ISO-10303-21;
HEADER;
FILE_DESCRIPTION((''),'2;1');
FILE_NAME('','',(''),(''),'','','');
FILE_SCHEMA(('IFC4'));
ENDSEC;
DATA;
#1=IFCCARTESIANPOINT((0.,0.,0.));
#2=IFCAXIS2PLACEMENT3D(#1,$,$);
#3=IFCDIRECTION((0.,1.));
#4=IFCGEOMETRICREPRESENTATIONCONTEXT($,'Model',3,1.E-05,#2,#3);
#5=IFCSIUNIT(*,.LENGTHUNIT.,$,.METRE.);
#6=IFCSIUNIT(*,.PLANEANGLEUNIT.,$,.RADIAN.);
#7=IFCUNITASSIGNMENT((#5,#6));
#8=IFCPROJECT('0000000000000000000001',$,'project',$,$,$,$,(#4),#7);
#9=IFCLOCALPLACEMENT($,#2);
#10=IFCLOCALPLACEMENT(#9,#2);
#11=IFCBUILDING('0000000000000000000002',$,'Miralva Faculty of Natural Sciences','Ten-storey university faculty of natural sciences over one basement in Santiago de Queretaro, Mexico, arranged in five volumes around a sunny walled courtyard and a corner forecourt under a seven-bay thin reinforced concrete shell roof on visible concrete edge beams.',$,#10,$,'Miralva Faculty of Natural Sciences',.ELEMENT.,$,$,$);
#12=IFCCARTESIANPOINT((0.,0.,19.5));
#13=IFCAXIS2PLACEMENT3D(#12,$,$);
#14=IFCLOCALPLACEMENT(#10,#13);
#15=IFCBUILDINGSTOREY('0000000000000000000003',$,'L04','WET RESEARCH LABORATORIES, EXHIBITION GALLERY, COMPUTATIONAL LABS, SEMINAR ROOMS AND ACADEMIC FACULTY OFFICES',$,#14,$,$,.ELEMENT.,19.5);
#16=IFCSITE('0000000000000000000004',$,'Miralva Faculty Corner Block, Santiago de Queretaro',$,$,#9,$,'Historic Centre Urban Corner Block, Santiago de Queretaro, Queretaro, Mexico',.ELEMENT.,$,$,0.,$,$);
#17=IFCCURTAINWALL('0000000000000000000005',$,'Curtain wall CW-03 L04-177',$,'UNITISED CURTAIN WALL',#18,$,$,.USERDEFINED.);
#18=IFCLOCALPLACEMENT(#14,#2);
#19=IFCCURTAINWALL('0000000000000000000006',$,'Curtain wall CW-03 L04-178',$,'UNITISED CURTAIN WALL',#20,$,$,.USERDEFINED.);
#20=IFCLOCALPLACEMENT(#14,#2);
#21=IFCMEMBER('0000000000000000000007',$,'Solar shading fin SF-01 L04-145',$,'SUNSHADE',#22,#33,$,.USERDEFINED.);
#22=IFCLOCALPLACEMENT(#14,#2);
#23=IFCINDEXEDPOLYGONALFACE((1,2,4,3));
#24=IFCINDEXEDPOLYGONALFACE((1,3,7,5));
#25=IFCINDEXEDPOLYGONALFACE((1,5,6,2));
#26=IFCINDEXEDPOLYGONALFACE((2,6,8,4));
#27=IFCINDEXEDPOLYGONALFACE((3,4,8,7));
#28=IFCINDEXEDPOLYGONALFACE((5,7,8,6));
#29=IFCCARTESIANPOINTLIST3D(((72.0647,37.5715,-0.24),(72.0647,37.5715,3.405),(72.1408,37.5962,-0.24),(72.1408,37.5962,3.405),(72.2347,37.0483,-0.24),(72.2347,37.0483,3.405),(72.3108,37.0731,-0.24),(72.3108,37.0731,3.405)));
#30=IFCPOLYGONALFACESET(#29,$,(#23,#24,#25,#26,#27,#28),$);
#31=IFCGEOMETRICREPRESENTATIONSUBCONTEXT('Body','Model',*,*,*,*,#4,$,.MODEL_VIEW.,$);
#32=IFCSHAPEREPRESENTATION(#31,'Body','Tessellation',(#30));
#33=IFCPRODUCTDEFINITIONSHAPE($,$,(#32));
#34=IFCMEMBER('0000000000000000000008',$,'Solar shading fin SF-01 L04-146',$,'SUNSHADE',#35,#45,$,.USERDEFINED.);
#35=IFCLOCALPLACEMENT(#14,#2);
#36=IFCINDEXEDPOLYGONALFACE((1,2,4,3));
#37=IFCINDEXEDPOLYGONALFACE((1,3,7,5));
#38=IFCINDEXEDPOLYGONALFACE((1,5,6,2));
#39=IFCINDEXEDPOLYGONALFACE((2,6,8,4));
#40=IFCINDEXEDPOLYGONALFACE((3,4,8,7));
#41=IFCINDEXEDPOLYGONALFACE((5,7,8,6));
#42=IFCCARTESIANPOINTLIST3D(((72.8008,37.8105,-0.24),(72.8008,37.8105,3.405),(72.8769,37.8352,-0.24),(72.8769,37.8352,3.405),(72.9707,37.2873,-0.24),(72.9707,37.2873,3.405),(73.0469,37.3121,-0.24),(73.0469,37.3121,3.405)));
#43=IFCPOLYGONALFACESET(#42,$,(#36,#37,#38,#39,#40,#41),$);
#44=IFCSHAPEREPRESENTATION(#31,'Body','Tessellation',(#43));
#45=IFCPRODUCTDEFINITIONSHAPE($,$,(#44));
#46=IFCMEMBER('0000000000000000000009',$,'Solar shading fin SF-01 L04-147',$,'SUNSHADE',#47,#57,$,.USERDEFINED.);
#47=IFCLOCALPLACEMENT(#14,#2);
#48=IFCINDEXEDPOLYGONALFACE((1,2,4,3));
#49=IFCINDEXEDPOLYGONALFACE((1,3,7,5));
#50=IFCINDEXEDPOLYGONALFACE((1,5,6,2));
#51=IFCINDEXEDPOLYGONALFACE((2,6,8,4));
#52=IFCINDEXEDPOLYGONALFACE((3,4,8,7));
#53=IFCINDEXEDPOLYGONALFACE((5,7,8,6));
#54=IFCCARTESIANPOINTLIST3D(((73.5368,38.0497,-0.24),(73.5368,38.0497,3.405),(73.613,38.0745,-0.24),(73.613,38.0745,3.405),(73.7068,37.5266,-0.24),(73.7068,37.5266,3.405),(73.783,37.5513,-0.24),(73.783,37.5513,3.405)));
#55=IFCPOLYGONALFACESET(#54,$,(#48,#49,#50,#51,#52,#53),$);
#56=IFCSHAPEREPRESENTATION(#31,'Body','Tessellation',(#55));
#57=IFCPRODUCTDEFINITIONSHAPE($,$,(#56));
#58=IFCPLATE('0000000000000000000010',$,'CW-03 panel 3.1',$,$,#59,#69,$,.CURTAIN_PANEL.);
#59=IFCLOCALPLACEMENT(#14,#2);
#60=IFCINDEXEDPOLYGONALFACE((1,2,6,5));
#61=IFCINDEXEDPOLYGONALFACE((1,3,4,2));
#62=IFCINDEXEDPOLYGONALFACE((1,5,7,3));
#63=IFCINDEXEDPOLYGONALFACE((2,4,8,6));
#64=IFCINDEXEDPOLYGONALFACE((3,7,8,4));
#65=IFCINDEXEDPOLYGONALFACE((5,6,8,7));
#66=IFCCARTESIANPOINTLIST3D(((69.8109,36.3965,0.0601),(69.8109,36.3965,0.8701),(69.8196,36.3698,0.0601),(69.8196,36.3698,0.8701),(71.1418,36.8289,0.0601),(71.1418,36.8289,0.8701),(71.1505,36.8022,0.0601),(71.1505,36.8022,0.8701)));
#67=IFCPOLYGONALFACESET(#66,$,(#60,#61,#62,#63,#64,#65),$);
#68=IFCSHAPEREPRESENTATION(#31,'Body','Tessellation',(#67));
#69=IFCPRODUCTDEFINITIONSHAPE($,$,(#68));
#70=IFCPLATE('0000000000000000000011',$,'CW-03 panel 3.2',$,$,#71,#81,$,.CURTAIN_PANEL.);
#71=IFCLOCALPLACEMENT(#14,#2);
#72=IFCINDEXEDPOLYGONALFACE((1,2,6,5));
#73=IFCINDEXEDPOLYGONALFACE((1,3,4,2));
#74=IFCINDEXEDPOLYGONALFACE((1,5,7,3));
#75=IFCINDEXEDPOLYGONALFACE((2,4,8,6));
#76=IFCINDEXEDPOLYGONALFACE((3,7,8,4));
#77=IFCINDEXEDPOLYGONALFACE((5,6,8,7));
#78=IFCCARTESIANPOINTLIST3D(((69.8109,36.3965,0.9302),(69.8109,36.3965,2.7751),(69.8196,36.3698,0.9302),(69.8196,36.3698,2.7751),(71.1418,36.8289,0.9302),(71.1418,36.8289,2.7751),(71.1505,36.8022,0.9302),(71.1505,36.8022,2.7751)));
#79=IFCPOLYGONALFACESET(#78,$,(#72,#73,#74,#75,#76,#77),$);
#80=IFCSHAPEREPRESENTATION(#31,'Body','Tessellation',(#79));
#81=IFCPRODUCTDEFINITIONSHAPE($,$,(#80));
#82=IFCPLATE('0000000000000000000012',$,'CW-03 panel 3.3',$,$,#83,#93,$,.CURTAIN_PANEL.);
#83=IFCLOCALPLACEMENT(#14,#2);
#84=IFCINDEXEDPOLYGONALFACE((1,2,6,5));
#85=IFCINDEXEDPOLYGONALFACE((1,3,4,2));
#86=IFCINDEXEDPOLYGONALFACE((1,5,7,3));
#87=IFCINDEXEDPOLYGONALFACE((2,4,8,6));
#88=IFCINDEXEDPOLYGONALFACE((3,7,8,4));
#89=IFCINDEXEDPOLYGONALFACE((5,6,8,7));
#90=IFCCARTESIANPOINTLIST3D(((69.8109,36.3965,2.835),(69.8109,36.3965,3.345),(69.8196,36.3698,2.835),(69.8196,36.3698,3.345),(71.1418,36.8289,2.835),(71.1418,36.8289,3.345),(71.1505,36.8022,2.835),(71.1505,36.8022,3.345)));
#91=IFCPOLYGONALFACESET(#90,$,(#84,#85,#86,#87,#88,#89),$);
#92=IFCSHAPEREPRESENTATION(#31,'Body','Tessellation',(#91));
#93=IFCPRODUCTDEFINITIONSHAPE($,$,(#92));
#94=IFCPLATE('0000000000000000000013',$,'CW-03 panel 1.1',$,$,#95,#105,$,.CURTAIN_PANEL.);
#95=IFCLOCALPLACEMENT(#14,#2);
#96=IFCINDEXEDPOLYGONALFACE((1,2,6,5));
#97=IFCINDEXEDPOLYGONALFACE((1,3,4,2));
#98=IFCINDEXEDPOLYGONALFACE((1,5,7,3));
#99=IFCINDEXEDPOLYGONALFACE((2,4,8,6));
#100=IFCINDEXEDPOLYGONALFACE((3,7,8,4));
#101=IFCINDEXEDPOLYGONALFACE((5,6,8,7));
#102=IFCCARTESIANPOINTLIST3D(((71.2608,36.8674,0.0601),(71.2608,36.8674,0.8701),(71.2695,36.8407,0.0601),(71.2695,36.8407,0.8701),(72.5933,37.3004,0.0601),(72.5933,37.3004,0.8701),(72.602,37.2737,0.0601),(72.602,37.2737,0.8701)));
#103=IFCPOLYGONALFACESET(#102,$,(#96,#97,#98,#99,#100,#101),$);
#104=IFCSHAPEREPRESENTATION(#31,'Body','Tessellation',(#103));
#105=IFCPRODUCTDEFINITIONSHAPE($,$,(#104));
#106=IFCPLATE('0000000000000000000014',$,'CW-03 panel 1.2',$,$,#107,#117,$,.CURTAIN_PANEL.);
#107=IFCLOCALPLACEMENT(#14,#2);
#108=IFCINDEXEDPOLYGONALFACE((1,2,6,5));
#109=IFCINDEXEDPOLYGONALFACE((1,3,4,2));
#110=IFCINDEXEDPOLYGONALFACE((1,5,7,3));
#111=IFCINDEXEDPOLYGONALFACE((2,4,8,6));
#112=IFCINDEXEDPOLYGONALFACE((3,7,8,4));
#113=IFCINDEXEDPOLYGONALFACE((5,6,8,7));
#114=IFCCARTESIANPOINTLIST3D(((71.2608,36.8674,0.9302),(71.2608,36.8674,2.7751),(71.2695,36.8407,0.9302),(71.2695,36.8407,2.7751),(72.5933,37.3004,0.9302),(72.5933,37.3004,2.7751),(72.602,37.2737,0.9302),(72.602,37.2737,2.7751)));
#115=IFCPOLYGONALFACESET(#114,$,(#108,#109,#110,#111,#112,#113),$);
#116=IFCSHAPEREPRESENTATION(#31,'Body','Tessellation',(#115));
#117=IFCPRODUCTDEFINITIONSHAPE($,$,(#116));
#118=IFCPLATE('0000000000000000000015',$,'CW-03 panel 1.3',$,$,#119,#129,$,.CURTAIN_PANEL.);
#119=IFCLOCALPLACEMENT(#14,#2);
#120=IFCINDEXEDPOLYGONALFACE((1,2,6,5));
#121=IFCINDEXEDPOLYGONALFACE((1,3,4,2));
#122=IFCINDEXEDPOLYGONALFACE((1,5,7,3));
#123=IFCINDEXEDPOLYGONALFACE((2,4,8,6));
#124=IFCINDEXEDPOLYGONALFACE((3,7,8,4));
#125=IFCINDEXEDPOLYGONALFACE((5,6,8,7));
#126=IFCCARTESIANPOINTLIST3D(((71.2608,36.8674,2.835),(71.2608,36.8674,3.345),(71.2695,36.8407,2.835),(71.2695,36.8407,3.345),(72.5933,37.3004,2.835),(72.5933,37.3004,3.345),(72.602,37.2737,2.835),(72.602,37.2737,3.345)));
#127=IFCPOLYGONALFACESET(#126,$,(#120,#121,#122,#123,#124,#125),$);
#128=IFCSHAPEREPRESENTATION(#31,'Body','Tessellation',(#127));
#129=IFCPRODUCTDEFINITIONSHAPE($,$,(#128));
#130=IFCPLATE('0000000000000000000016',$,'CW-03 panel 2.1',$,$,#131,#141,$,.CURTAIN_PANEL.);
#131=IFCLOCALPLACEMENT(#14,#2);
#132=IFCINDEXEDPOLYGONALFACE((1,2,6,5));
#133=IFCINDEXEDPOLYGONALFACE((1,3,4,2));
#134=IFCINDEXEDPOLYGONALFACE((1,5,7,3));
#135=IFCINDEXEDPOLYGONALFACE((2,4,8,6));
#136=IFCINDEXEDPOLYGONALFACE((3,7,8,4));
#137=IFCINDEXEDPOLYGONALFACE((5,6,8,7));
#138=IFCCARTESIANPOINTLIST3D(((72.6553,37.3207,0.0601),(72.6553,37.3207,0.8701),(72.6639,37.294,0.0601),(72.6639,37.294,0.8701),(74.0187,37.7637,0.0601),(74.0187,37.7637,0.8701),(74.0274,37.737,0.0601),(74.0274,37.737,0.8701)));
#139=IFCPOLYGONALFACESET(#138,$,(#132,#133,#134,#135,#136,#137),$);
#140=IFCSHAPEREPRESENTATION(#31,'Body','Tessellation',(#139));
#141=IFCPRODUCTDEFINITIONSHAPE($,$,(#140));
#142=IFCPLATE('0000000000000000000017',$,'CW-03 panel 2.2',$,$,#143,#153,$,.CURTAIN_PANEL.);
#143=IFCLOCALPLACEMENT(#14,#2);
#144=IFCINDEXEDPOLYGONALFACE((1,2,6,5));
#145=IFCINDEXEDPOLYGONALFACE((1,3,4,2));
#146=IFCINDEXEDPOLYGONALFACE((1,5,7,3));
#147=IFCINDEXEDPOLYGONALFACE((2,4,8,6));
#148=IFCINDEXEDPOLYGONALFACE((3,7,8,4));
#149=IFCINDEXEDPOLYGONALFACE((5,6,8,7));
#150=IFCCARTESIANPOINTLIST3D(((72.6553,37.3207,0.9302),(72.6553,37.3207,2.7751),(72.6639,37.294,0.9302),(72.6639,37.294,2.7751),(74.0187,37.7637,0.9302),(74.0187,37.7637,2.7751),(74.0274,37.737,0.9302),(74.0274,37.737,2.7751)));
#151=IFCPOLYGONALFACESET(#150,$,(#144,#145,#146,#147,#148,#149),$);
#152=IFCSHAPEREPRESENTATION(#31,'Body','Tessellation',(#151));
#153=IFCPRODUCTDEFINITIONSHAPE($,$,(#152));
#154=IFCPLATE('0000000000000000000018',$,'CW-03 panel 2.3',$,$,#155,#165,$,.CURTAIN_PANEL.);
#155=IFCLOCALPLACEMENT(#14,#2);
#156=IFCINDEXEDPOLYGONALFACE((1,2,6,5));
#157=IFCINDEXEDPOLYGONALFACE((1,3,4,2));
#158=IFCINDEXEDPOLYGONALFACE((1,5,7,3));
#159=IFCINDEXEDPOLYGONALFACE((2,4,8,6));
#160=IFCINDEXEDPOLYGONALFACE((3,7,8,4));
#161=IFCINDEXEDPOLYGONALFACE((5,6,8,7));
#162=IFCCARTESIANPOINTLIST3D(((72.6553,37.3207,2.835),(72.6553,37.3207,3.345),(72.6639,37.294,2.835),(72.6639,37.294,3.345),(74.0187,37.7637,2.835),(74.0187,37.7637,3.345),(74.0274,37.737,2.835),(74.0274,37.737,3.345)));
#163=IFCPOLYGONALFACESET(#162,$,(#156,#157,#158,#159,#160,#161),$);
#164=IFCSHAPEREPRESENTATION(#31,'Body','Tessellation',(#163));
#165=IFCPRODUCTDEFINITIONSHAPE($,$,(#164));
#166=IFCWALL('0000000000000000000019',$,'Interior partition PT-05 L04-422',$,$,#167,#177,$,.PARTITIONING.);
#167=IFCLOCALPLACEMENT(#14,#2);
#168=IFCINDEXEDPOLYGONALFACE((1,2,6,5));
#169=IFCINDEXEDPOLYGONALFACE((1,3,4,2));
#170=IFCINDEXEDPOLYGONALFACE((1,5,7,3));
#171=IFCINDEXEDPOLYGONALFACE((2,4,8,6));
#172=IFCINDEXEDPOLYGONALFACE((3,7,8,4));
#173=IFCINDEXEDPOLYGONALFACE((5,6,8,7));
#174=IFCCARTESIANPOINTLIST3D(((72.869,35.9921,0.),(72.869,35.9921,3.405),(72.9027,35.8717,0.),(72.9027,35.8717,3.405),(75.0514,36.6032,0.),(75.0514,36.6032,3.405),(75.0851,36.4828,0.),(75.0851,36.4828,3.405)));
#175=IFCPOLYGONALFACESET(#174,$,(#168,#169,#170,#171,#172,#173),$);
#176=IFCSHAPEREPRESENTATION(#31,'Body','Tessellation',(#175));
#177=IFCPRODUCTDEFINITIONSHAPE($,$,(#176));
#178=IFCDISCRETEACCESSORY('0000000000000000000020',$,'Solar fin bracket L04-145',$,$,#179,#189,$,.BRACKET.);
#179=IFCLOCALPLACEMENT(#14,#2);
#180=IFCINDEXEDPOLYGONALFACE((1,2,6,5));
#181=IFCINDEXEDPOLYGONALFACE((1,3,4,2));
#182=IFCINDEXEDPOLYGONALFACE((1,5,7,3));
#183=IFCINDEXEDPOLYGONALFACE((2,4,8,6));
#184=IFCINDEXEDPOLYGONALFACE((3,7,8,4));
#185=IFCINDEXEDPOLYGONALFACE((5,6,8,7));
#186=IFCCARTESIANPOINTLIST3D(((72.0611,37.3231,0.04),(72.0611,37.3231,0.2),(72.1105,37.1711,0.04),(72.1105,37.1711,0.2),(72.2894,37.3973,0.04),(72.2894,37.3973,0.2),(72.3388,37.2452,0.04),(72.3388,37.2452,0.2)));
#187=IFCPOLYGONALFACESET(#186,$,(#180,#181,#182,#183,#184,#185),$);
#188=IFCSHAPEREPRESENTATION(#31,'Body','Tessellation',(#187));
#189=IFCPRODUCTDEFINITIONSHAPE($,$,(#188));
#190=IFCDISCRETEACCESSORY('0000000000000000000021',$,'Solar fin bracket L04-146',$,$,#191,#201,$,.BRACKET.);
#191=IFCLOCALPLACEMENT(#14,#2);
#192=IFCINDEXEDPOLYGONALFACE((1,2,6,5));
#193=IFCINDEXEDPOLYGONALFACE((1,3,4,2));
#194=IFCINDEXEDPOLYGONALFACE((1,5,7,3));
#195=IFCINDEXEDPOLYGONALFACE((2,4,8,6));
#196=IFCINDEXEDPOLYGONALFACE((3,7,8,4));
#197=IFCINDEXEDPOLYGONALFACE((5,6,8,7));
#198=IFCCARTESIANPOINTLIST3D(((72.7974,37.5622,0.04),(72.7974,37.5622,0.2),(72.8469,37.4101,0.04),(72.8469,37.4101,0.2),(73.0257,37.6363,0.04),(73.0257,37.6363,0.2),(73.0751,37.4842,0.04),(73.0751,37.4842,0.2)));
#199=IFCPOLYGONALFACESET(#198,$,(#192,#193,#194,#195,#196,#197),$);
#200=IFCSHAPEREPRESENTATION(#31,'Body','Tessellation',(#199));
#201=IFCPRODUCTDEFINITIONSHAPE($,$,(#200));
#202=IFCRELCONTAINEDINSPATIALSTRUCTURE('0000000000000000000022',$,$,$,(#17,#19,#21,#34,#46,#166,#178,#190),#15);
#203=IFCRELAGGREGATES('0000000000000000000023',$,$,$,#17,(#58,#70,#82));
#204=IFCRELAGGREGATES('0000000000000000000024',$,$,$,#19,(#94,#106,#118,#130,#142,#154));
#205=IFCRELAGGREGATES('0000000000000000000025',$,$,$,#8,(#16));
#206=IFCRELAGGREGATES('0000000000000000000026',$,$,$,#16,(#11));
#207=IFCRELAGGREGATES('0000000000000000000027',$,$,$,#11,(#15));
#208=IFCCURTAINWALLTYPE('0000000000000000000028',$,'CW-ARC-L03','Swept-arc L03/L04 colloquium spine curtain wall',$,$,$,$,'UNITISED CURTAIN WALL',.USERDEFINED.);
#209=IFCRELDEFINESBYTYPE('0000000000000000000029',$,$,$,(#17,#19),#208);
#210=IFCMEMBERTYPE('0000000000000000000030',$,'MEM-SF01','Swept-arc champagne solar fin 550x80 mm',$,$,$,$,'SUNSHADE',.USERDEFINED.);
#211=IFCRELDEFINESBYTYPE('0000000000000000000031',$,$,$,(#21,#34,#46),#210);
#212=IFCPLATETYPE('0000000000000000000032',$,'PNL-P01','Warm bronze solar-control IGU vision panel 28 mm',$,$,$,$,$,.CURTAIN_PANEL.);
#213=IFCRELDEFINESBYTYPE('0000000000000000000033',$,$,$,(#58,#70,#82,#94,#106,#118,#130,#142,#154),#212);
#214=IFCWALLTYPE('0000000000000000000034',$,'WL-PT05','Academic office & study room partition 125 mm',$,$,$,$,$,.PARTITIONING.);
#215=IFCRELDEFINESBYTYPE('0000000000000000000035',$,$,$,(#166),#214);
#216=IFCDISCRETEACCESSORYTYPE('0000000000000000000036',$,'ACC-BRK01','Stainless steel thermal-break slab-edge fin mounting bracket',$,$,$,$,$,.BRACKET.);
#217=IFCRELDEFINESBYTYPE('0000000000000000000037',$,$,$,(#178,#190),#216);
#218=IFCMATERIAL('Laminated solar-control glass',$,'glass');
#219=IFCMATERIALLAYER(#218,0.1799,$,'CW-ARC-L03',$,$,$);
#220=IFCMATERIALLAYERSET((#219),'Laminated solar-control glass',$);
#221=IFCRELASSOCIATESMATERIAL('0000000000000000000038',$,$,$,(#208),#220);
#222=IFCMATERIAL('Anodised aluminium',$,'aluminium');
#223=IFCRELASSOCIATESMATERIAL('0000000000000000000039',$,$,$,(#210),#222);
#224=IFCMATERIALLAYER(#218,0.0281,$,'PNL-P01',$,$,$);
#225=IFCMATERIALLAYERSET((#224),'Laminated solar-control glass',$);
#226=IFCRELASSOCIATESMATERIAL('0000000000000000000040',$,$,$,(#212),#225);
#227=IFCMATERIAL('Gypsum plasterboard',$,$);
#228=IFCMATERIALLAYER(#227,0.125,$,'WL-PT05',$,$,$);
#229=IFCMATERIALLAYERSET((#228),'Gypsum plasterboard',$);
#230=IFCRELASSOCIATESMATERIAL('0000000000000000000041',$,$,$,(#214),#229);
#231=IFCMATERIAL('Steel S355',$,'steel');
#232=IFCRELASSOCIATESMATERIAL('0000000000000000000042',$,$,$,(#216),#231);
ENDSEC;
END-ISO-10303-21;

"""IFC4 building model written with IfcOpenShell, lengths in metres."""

from ifc_helpers import new_model, si_unit, direction, frame, frame_2d, origin, origin_2d, place, context, subcontext, project, spatial, rectangle, extrude, material, layer, layer_set, material_profile, profile_set, type_object, element, aggregate, save


model = new_model("IFC4")

# Units and contexts
model_context = context("Model", 3, precision=1e-05, world=origin(), true_north=direction((0.0, 1.0)))
body_context = subcontext(model_context, "Body", "Model", "MODEL_VIEW")
ifc_project = project(units=[si_unit("LENGTHUNIT", "METRE"), si_unit("PLANEANGLEUNIT", "RADIAN")], contexts=[model_context])

# Site, building, storey
site_placement = place(None, origin())
site = spatial("IfcSite", under=ifc_project, at=site_placement, Name="Miralva Faculty Corner Block, Santiago de Queretaro", LongName="Historic Centre Urban Corner Block, Santiago de Queretaro, Queretaro, Mexico", CompositionType="ELEMENT", RefElevation=0.0)
building_placement = place(site_placement, origin())
building = spatial("IfcBuilding", under=site, at=building_placement, Name="Miralva Faculty of Natural Sciences", Description="Ten-storey university faculty of natural sciences over one basement in Santiago de Queretaro, Mexico, arranged in five volumes around a sunny walled courtyard and a corner forecourt under a seven-bay thin reinforced concrete shell roof on visible concrete edge beams.", LongName="Miralva Faculty of Natural Sciences", CompositionType="ELEMENT")
storey_placement = place(building_placement, frame((0.0, 0.0, 19.5)))
storey = spatial("IfcBuildingStorey", under=building, at=storey_placement, Name="L04", Description="WET RESEARCH LABORATORIES, EXHIBITION GALLERY, COMPUTATIONAL LABS, SEMINAR ROOMS AND ACADEMIC FACULTY OFFICES", CompositionType="ELEMENT", Elevation=19.5)

# Curtain wall
ifc_material_1 = material(Name="Laminated solar-control glass", Category="glass")
ifc_layer_1 = layer(ifc_material_1, 0.1799, Name="CW-ARC-L03")
ifc_layer_set_1 = layer_set([ifc_layer_1], Name="Laminated solar-control glass")
curtain_wall_type = type_object("IfcCurtainWallType", Name="CW-ARC-L03", Description="Swept-arc L03/L04 colloquium spine curtain wall", ElementType="UNITISED CURTAIN WALL", PredefinedType="USERDEFINED", material=ifc_layer_set_1)
curtain_wall_1_placement = place(storey_placement, origin())
curtain_wall_1 = element("IfcCurtainWall", 1, at=curtain_wall_1_placement, inside=storey, type_object=curtain_wall_type, Name="Curtain wall CW-03 L04-177", ObjectType="UNITISED CURTAIN WALL", PredefinedType="USERDEFINED")
ifc_material_2 = material(Name="Anodised aluminium", Category="aluminium")

# Curtain wall
curtain_wall_2_placement = place(storey_placement, origin())
curtain_wall_2 = element("IfcCurtainWall", 2, at=curtain_wall_2_placement, inside=storey, type_object=curtain_wall_type, Name="Curtain wall CW-03 L04-178", ObjectType="UNITISED CURTAIN WALL", PredefinedType="USERDEFINED")

# Members
ifc_material_profile_1 = material_profile(ifc_material_2, rectangle(XDim=0.0801, YDim=0.55, at=origin_2d()), Name="FIN 550x80")
ifc_profile_set_1 = profile_set([ifc_material_profile_1], Name="Anodised aluminium")
member_type_1 = type_object("IfcMemberType", Name="MEM-SF01", Description="Swept-arc champagne solar fin 550x80 mm", ElementType="SUNSHADE", PredefinedType="USERDEFINED", material=ifc_profile_set_1)
for number, where, z_axis, x_axis, name in (
    (3, (72.1877, 37.3223, -0.24), (0.0, 0.0, 1.0), (-0.951057, -0.309017, 0.0), "Solar shading fin SF-01 L04-145"),
    (4, (72.9238, 37.5613, -0.24), (0.0, 0.0, 1.0), (-0.951057, -0.309017, 0.0), "Solar shading fin SF-01 L04-146"),
    (5, (73.6599, 37.8005, -0.24), (0.0, 0.0, 1.0), (-0.951057, -0.309017, 0.0), "Solar shading fin SF-01 L04-147"),
):
    element("IfcMember", number, at=place(storey_placement, frame(where, z_axis=z_axis, x_axis=x_axis)), inside=storey, type_object=member_type_1, Name=name, ObjectType="SUNSHADE", PredefinedType="USERDEFINED", context=body_context, shape_type="SweptSolid", body=[
        extrude(rectangle(XDim=0.0801, YDim=0.55, at=origin_2d()), origin(), (0.0, 0.0, 1.0), 3.645),
    ])

# Plates
ifc_layer_2 = layer(ifc_material_1, 0.0281, Name="PNL-P01")
ifc_layer_set_2 = layer_set([ifc_layer_2], Name="Laminated solar-control glass")
plate_type = type_object("IfcPlateType", Name="PNL-P01", Description="Warm bronze solar-control IGU vision panel 28 mm", PredefinedType="CURTAIN_PANEL", material=ifc_layer_set_2)
plate_1_placement = place(storey_placement, frame((70.4807, 36.5994, 0.0601), z_axis=(0.0, 0.0, 1.0), x_axis=(0.951058, 0.309011, 0.0)))
plate_1 = element("IfcPlate", 6, at=plate_1_placement, type_object=plate_type, Name="CW-03 panel 3.1", PredefinedType="CURTAIN_PANEL", context=body_context, shape_type="SweptSolid", body=[
    extrude(rectangle(XDim=1.3994, YDim=0.0281, at=origin_2d()), origin(), (0.0, 0.0, 1.0), 0.8101),
])
plate_2_placement = place(storey_placement, frame((70.4807, 36.5994, 0.9302), z_axis=(0.0, 0.0, 1.0), x_axis=(0.951058, 0.309011, 0.0)))
plate_2 = element("IfcPlate", 7, at=plate_2_placement, type_object=plate_type, Name="CW-03 panel 3.2", PredefinedType="CURTAIN_PANEL", context=body_context, shape_type="SweptSolid", body=[
    extrude(rectangle(XDim=1.3994, YDim=0.0281, at=origin_2d()), origin(), (0.0, 0.0, 1.0), 1.845),
])
plate_3_placement = place(storey_placement, frame((70.4807, 36.5994, 2.835), z_axis=(0.0, 0.0, 1.0), x_axis=(0.951058, 0.309011, 0.0)))
plate_3 = element("IfcPlate", 8, at=plate_3_placement, type_object=plate_type, Name="CW-03 panel 3.3", PredefinedType="CURTAIN_PANEL", context=body_context, shape_type="SweptSolid", body=[
    extrude(rectangle(XDim=1.3994, YDim=0.0281, at=origin_2d()), origin(), (0.0, 0.0, 1.0), 0.51),
])
aggregate(curtain_wall_1, [plate_1, plate_2, plate_3])
plate_4_placement = place(storey_placement, frame((71.9314, 37.0706, 0.0601), z_axis=(0.0, 0.0, 1.0), x_axis=(0.95106, 0.309006, 0.0)))
plate_4 = element("IfcPlate", 9, at=plate_4_placement, type_object=plate_type, Name="CW-03 panel 1.1", PredefinedType="CURTAIN_PANEL", context=body_context, shape_type="SweptSolid", body=[
    extrude(rectangle(XDim=1.4011, YDim=0.0281, at=origin_2d()), origin(), (0.0, 0.0, 1.0), 0.8101),
])
plate_5_placement = place(storey_placement, frame((71.9314, 37.0706, 0.9302), z_axis=(0.0, 0.0, 1.0), x_axis=(0.95106, 0.309006, 0.0)))
plate_5 = element("IfcPlate", 10, at=plate_5_placement, type_object=plate_type, Name="CW-03 panel 1.2", PredefinedType="CURTAIN_PANEL", context=body_context, shape_type="SweptSolid", body=[
    extrude(rectangle(XDim=1.4011, YDim=0.0281, at=origin_2d()), origin(), (0.0, 0.0, 1.0), 1.845),
])
plate_6_placement = place(storey_placement, frame((71.9314, 37.0706, 2.835), z_axis=(0.0, 0.0, 1.0), x_axis=(0.95106, 0.309006, 0.0)))
plate_6 = element("IfcPlate", 11, at=plate_6_placement, type_object=plate_type, Name="CW-03 panel 1.3", PredefinedType="CURTAIN_PANEL", context=body_context, shape_type="SweptSolid", body=[
    extrude(rectangle(XDim=1.4011, YDim=0.0281, at=origin_2d()), origin(), (0.0, 0.0, 1.0), 0.51),
])
plate_7_placement = place(storey_placement, frame((73.3413, 37.5288, 0.0601), z_axis=(0.0, 0.0, 1.0), x_axis=(0.95106, 0.309006, 0.0)))
plate_7 = element("IfcPlate", 12, at=plate_7_placement, type_object=plate_type, Name="CW-03 panel 2.1", PredefinedType="CURTAIN_PANEL", context=body_context, shape_type="SweptSolid", body=[
    extrude(rectangle(XDim=1.4336, YDim=0.0281, at=origin_2d()), origin(), (0.0, 0.0, 1.0), 0.8101),
])
plate_8_placement = place(storey_placement, frame((73.3413, 37.5288, 0.9302), z_axis=(0.0, 0.0, 1.0), x_axis=(0.95106, 0.309006, 0.0)))
plate_8 = element("IfcPlate", 13, at=plate_8_placement, type_object=plate_type, Name="CW-03 panel 2.2", PredefinedType="CURTAIN_PANEL", context=body_context, shape_type="SweptSolid", body=[
    extrude(rectangle(XDim=1.4336, YDim=0.0281, at=origin_2d()), origin(), (0.0, 0.0, 1.0), 1.845),
])
plate_9_placement = place(storey_placement, frame((73.3413, 37.5288, 2.835), z_axis=(0.0, 0.0, 1.0), x_axis=(0.95106, 0.309006, 0.0)))
plate_9 = element("IfcPlate", 14, at=plate_9_placement, type_object=plate_type, Name="CW-03 panel 2.3", PredefinedType="CURTAIN_PANEL", context=body_context, shape_type="SweptSolid", body=[
    extrude(rectangle(XDim=1.4336, YDim=0.0281, at=origin_2d()), origin(), (0.0, 0.0, 1.0), 0.51),
])
aggregate(curtain_wall_2, [plate_4, plate_5, plate_6, plate_7, plate_8, plate_9])

# Wall
ifc_material_3 = material(Name="Gypsum plasterboard")
ifc_layer_3 = layer(ifc_material_3, 0.125, Name="WL-PT05")
ifc_layer_set_3 = layer_set([ifc_layer_3], Name="Gypsum plasterboard")
wall_type = type_object("IfcWallType", Name="WL-PT05", Description="Academic office & study room partition 125 mm", PredefinedType="PARTITIONING", material=ifc_layer_set_3)
wall_placement = place(storey_placement, frame((72.8857, 35.9319, 0.0), z_axis=(0.0, 0.0, 1.0), x_axis=(0.962962, 0.269638, 0.0)))
element("IfcWall", 15, at=wall_placement, inside=storey, type_object=wall_type, Name="Interior partition PT-05 L04-422", PredefinedType="PARTITIONING", context=body_context, shape_type="SweptSolid", body=[
    extrude(rectangle(XDim=2.2664, YDim=0.125, at=frame_2d((1.1333, 0.0))), origin(), (0.0, 0.0, 1.0), 3.405),
])

# Discrete accessories
ifc_material_4 = material(Name="Steel S355", Category="steel")
discrete_accessory_type = type_object("IfcDiscreteAccessoryType", Name="ACC-BRK01", Description="Stainless steel thermal-break slab-edge fin mounting bracket", PredefinedType="BRACKET", material=ifc_material_4)
for number, where, z_axis, x_axis, name in (
    (16, (72.2, 37.2842, 0.04), (0.0, 0.0, 1.0), (-0.309017, 0.951057, 0.0), "Solar fin bracket L04-145"),
    (17, (72.9363, 37.5232, 0.04), (0.0, 0.0, 1.0), (-0.309017, 0.951057, 0.0), "Solar fin bracket L04-146"),
):
    element("IfcDiscreteAccessory", number, at=place(storey_placement, frame(where, z_axis=z_axis, x_axis=x_axis)), inside=storey, type_object=discrete_accessory_type, Name=name, PredefinedType="BRACKET", context=body_context, shape_type="SweptSolid", body=[
        extrude(rectangle(XDim=0.1599, YDim=0.24, at=origin_2d()), origin(), (0.0, 0.0, 1.0), 0.1599),
    ])

save(model, "model.ifc")
